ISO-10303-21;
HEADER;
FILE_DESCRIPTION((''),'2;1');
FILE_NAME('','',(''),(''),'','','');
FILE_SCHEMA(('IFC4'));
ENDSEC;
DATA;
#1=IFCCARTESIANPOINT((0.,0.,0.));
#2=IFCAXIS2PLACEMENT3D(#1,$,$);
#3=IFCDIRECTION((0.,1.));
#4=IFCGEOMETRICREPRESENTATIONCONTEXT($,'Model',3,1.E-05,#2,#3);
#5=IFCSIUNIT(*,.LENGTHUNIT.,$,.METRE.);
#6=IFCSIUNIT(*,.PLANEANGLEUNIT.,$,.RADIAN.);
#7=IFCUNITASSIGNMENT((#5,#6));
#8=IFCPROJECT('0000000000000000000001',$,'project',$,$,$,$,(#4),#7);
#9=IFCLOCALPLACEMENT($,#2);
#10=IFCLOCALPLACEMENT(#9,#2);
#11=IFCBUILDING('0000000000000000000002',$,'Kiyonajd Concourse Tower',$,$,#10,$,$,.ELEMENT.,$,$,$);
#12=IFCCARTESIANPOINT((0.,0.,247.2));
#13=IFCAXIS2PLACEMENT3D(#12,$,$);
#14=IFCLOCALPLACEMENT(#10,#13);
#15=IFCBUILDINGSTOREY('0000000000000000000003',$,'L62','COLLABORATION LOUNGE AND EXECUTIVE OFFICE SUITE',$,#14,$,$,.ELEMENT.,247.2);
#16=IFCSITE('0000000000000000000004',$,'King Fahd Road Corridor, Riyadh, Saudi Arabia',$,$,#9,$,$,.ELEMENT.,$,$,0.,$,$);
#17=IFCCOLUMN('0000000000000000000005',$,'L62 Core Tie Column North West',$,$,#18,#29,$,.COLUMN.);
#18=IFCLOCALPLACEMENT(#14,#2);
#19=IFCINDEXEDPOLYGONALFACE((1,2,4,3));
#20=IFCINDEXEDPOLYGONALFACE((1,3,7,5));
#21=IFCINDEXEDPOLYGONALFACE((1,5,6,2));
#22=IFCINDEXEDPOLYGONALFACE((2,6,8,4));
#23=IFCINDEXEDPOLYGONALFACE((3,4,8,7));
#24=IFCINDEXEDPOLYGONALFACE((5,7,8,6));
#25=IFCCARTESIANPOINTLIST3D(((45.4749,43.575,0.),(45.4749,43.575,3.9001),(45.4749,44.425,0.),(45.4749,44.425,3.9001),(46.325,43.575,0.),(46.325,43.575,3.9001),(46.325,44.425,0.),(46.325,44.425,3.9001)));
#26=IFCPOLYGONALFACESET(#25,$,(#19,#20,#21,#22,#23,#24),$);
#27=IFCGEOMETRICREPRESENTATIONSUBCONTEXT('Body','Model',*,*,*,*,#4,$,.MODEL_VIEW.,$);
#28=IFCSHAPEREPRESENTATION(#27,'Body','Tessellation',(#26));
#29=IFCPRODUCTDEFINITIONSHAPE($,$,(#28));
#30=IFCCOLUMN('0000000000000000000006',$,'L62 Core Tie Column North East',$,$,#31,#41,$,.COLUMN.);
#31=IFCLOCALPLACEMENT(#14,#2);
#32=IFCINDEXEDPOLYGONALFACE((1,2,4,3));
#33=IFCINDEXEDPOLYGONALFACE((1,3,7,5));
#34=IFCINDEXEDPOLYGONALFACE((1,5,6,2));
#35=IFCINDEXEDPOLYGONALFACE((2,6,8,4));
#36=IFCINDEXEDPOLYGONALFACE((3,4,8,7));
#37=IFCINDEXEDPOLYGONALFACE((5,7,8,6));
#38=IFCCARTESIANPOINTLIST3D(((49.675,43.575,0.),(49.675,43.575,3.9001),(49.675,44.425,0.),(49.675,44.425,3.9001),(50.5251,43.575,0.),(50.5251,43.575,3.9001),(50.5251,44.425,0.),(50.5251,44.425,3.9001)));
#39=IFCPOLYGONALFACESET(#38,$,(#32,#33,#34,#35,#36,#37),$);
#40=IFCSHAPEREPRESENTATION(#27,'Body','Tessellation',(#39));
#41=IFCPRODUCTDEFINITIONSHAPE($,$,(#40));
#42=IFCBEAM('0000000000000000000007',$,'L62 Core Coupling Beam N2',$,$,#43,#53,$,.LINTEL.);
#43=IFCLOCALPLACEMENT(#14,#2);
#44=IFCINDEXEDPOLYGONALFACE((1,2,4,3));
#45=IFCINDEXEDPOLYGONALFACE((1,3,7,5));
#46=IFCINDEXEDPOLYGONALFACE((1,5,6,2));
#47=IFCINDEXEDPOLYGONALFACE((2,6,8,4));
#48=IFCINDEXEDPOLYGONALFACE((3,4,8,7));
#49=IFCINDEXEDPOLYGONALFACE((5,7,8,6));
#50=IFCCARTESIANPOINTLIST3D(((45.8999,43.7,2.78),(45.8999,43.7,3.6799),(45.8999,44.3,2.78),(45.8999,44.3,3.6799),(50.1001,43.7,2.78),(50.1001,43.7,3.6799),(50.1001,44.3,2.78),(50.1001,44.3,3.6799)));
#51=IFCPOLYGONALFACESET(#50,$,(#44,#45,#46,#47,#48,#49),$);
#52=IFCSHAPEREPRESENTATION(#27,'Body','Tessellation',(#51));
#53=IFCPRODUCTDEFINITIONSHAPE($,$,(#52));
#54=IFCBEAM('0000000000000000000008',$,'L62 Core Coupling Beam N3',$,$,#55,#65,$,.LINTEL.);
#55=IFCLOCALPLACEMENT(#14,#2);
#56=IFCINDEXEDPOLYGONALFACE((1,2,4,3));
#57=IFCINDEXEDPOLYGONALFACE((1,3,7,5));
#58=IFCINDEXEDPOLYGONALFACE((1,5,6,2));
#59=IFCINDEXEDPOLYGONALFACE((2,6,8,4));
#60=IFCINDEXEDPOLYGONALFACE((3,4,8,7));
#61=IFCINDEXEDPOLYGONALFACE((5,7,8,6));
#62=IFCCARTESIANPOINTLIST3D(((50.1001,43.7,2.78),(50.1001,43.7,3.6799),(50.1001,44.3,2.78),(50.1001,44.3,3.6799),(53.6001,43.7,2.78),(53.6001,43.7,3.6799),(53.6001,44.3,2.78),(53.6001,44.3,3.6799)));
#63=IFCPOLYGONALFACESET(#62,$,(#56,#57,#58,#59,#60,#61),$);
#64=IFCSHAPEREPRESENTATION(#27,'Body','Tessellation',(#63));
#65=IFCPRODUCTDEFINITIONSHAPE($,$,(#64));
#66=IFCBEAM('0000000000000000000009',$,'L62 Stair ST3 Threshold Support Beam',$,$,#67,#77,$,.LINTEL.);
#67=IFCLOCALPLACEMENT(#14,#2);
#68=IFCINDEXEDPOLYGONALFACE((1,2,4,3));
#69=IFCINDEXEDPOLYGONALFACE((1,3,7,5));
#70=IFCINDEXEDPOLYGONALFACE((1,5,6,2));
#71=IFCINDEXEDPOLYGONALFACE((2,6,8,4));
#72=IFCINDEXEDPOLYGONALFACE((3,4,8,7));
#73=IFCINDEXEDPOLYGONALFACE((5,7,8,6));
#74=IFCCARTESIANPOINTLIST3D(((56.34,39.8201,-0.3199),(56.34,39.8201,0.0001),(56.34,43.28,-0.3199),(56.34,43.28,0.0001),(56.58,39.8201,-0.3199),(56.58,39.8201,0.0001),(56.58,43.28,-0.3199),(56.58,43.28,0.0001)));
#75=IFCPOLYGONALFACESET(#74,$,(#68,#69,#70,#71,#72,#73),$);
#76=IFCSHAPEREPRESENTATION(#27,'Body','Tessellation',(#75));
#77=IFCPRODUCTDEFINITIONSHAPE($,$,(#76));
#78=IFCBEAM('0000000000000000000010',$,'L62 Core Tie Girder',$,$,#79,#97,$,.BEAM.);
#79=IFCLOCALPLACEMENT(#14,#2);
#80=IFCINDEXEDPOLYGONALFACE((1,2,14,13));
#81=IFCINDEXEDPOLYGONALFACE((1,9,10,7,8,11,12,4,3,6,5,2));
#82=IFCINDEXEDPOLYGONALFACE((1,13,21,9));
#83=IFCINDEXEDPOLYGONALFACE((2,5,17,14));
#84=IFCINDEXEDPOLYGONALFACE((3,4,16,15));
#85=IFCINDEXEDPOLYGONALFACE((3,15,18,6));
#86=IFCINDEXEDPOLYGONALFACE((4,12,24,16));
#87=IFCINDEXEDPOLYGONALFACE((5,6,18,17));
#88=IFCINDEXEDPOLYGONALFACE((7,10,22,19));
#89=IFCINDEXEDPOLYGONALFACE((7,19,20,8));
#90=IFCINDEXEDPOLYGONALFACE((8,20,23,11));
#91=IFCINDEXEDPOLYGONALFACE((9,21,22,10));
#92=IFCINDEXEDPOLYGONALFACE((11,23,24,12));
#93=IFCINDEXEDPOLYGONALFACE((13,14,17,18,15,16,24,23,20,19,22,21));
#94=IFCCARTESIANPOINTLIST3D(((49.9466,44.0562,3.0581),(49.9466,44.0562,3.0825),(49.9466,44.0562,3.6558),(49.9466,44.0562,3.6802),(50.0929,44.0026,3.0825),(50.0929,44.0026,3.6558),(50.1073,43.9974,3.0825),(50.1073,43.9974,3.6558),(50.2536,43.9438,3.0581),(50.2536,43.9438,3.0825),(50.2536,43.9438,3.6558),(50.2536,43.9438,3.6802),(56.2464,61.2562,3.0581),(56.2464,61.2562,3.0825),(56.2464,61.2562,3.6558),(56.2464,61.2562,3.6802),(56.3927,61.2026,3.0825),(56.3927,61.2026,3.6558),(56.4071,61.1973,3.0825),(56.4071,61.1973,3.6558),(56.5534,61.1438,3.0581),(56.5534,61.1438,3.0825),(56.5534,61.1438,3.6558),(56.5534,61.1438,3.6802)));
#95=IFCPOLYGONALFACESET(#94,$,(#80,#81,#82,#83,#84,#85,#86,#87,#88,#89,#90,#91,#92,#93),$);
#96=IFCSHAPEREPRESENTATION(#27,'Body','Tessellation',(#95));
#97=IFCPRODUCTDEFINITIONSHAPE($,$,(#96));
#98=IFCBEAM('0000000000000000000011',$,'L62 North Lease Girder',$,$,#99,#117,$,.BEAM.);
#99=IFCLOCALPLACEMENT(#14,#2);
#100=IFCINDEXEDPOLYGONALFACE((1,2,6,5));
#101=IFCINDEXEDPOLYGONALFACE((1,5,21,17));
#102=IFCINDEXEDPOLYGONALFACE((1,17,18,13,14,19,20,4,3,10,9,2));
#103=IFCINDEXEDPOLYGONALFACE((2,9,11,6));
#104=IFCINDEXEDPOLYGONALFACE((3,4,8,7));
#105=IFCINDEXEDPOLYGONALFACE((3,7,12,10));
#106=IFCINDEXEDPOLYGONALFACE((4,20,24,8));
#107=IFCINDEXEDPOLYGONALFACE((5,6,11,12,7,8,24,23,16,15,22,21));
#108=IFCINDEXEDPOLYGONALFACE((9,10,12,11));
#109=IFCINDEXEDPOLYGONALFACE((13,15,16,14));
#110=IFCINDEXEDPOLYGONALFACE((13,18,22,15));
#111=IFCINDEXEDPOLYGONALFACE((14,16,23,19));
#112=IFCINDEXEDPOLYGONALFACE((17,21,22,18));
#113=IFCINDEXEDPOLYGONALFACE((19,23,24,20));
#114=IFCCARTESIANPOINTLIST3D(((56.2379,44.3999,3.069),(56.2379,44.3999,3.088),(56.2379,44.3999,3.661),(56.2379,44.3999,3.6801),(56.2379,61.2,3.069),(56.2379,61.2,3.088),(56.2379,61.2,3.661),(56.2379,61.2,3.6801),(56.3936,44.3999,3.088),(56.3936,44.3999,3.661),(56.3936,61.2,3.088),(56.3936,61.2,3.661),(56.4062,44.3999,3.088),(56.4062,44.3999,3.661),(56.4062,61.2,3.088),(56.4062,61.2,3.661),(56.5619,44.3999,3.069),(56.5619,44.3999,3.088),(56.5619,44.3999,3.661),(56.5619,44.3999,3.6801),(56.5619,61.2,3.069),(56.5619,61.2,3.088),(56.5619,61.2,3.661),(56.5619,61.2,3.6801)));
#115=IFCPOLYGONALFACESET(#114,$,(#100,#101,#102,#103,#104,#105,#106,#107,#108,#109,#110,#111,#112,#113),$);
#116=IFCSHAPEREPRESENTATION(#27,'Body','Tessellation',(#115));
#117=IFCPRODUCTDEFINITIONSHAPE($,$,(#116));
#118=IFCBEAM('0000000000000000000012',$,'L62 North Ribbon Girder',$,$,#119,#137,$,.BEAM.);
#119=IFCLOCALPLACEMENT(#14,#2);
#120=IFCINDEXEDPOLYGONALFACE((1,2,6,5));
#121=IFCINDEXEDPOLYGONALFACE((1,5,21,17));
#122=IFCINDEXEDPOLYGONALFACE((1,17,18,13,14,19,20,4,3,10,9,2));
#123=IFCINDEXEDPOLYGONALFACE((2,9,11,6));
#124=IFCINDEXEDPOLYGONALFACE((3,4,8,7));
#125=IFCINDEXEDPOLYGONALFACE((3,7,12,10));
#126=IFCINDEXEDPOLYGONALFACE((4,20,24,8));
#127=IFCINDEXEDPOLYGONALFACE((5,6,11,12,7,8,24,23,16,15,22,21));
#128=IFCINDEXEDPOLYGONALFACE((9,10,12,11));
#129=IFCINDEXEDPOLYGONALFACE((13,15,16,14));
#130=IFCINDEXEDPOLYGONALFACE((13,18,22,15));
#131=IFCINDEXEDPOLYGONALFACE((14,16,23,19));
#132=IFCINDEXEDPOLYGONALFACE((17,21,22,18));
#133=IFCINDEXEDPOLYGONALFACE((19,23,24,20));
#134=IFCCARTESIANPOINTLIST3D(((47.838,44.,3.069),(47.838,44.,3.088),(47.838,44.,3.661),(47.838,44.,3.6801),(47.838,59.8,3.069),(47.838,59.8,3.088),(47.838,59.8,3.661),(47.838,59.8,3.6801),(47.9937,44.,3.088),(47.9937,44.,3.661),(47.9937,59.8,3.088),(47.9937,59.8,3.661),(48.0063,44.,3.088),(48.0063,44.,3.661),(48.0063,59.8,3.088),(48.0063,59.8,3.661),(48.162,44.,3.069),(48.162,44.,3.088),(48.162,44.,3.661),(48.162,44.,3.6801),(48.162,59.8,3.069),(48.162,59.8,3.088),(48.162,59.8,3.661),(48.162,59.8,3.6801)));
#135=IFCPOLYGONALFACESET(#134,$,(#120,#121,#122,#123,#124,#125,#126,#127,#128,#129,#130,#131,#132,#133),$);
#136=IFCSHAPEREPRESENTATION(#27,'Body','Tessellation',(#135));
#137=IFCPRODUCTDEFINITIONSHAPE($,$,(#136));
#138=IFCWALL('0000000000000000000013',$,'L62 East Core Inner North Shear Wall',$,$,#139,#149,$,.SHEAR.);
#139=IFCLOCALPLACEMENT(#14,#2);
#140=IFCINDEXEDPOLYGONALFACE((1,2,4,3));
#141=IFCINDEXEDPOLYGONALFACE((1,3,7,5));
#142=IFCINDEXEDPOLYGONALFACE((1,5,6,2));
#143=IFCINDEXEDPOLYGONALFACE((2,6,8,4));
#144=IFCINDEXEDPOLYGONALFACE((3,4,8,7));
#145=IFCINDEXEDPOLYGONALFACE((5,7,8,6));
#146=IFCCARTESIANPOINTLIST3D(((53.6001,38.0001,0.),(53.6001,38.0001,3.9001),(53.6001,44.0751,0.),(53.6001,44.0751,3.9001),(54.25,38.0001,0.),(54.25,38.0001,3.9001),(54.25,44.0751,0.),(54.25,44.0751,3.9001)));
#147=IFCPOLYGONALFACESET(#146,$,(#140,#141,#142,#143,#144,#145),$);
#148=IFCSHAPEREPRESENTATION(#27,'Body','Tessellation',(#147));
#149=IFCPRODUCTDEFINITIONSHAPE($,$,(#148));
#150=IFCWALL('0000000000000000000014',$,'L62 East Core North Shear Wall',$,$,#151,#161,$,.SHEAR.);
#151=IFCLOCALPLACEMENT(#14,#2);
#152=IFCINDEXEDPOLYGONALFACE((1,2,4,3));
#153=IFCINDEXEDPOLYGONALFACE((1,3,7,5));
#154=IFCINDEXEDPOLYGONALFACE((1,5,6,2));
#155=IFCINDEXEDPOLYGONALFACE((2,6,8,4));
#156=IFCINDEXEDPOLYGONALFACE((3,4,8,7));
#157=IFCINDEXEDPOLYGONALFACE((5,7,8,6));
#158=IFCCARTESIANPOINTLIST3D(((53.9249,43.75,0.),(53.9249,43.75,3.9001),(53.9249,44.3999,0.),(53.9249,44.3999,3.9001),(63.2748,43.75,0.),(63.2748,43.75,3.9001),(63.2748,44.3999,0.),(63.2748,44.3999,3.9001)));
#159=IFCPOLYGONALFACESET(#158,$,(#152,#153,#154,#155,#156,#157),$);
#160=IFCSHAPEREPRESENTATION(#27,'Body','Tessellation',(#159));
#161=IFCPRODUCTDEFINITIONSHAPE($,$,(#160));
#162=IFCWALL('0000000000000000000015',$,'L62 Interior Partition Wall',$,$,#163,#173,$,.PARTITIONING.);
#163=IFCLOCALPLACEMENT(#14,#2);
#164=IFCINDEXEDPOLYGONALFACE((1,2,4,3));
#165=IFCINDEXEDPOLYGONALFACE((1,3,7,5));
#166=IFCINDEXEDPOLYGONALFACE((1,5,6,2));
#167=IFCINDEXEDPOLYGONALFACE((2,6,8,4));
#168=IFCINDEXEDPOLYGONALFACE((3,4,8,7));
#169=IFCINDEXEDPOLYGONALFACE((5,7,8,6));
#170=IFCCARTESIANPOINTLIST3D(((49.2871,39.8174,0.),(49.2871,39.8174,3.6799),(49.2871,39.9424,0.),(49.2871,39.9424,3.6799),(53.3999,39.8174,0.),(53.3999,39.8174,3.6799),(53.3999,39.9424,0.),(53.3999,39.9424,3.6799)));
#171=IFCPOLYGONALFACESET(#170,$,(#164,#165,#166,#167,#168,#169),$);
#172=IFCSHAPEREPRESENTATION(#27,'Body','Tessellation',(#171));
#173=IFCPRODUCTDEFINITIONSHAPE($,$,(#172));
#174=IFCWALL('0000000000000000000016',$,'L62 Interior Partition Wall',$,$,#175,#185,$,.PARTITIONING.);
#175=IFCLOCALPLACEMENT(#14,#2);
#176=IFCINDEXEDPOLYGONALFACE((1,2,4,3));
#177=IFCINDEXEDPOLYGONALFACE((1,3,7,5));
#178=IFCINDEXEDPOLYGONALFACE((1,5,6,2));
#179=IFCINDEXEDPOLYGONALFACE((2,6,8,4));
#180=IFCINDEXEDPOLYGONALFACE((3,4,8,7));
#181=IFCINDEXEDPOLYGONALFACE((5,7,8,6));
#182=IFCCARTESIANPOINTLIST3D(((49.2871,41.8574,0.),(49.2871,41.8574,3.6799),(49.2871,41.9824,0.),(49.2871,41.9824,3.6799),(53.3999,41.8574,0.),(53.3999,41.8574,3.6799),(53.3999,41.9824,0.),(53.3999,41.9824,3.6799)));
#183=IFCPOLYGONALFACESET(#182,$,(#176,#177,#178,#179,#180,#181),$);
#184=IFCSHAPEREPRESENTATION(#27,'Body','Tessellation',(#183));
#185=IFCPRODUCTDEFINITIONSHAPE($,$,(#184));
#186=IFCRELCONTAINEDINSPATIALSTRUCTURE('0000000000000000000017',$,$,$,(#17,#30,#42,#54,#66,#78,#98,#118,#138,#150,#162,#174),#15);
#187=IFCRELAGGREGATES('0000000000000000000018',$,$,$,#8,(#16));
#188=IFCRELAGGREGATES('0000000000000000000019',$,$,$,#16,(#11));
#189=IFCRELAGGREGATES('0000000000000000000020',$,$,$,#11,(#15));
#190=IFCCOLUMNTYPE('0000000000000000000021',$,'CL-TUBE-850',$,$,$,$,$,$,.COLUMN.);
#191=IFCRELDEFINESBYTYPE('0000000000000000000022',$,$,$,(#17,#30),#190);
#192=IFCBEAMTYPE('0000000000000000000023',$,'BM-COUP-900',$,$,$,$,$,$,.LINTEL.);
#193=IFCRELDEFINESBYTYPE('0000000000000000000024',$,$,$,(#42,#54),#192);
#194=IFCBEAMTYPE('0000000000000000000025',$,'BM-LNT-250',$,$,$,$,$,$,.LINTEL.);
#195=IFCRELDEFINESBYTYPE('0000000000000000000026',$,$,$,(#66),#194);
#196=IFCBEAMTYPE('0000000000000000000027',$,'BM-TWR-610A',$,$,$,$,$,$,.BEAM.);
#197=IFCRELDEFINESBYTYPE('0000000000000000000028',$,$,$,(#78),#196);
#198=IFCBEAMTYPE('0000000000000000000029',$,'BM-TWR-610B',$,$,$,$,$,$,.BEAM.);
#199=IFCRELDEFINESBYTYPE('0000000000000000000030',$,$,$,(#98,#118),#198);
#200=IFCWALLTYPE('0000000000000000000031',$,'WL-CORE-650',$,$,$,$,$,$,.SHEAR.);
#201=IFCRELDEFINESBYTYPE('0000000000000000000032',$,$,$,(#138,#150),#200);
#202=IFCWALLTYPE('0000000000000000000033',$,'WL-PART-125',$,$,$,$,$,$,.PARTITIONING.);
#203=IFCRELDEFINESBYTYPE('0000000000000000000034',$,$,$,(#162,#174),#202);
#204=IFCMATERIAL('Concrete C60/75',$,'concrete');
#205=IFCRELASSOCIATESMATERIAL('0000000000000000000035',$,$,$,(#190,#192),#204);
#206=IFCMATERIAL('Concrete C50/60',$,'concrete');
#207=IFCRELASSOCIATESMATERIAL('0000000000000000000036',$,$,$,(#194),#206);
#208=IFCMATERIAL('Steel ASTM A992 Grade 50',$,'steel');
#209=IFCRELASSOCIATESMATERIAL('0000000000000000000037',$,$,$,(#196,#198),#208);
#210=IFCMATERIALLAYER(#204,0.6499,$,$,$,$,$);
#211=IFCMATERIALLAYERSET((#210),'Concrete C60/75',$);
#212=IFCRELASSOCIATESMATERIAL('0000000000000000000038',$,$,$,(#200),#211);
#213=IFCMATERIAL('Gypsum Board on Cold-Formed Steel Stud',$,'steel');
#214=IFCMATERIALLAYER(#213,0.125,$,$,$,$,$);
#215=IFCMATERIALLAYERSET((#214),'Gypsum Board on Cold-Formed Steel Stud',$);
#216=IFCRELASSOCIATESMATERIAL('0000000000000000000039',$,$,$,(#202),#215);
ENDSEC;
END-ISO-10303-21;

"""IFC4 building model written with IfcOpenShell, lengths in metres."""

from ifc_helpers import new_model, si_unit, direction, frame, frame_2d, origin, origin_2d, place, context, subcontext, project, spatial, rectangle, i_section, extrude, material, layer, layer_set, material_profile, profile_set, type_object, element, save


model = new_model("IFC4")

# Units and contexts
model_context = context("Model", 3, precision=1e-05, world=origin(), true_north=direction((0.0, 1.0)))
body_context = subcontext(model_context, "Body", "Model", "MODEL_VIEW")
ifc_project = project(units=[si_unit("LENGTHUNIT", "METRE"), si_unit("PLANEANGLEUNIT", "RADIAN")], contexts=[model_context])

# Site, building, storey
site_placement = place(None, origin())
site = spatial("IfcSite", under=ifc_project, at=site_placement, Name="King Fahd Road Corridor, Riyadh, Saudi Arabia", CompositionType="ELEMENT", RefElevation=0.0)
building_placement = place(site_placement, origin())
building = spatial("IfcBuilding", under=site, at=building_placement, Name="Kiyonajd Concourse Tower", CompositionType="ELEMENT")
storey_placement = place(building_placement, frame((0.0, 0.0, 247.2)))
storey = spatial("IfcBuildingStorey", under=building, at=storey_placement, Name="L62", Description="COLLABORATION LOUNGE AND EXECUTIVE OFFICE SUITE", CompositionType="ELEMENT", Elevation=247.2)

# Columns
ifc_material_1 = material(Name="Concrete C60/75", Category="concrete")
ifc_material_profile_1 = material_profile(ifc_material_1, rectangle(XDim=0.8501, YDim=0.8501, at=origin_2d()), Name="RC-850x850")
ifc_profile_set_1 = profile_set([ifc_material_profile_1], Name="Concrete C60/75")
column_type = type_object("IfcColumnType", Name="CL-TUBE-850", PredefinedType="COLUMN", material=ifc_profile_set_1)
for number, where, z_axis, x_axis, name in (
    (1, (45.8999, 44.0, 0.0), (0.0, 0.0, 1.0), (1.0, 0.0, 0.0), "L62 Core Tie Column North West"),
    (2, (50.1001, 44.0, 0.0), (0.0, 0.0, 1.0), (1.0, 0.0, 0.0), "L62 Core Tie Column North East"),
):
    element("IfcColumn", number, at=place(storey_placement, frame(where, z_axis=z_axis, x_axis=x_axis)), inside=storey, type_object=column_type, Name=name, PredefinedType="COLUMN", context=body_context, shape_type="SweptSolid", body=[
        extrude(rectangle(XDim=0.8501, YDim=0.8501, at=origin_2d()), origin(), (0.0, 0.0, 1.0), 3.9001),
    ])

# Beams
ifc_material_profile_2 = material_profile(ifc_material_1, rectangle(XDim=0.6001, YDim=0.8999, at=origin_2d()), Name="RCBM-600x900")
ifc_profile_set_2 = profile_set([ifc_material_profile_2], Name="Concrete C60/75")
beam_type_1 = type_object("IfcBeamType", Name="BM-COUP-900", PredefinedType="LINTEL", material=ifc_profile_set_2)
beam_1_placement = place(storey_placement, frame((45.8999, 44.0, 3.23), z_axis=(1.0, 0.0, 0.0), x_axis=(0.0, 1.0, 0.0)))
element("IfcBeam", 3, at=beam_1_placement, inside=storey, type_object=beam_type_1, Name="L62 Core Coupling Beam N2", PredefinedType="LINTEL", context=body_context, shape_type="SweptSolid", body=[
    extrude(rectangle(XDim=0.6001, YDim=0.8999, at=origin_2d()), origin(), (0.0, 0.0, 1.0), 4.2002),
])
beam_2_placement = place(storey_placement, frame((50.1001, 44.0, 3.23), z_axis=(1.0, 0.0, 0.0), x_axis=(0.0, 1.0, 0.0)))
element("IfcBeam", 4, at=beam_2_placement, inside=storey, type_object=beam_type_1, Name="L62 Core Coupling Beam N3", PredefinedType="LINTEL", context=body_context, shape_type="SweptSolid", body=[
    extrude(rectangle(XDim=0.6001, YDim=0.8999, at=origin_2d()), origin(), (0.0, 0.0, 1.0), 3.5),
])
ifc_material_2 = material(Name="Concrete C50/60", Category="concrete")
ifc_material_profile_3 = material_profile(ifc_material_2, rectangle(XDim=0.24, YDim=0.3201, at=origin_2d()), Name="RCBM-240x320")
ifc_profile_set_3 = profile_set([ifc_material_profile_3], Name="Concrete C50/60")
beam_type_2 = type_object("IfcBeamType", Name="BM-LNT-250", PredefinedType="LINTEL", material=ifc_profile_set_3)
beam_3_placement = place(storey_placement, frame((56.46, 39.8201, -0.1599), z_axis=(0.0, 1.0, 0.0), x_axis=(-1.0, 0.0, 0.0)))
element("IfcBeam", 5, at=beam_3_placement, inside=storey, type_object=beam_type_2, Name="L62 Stair ST3 Threshold Support Beam", PredefinedType="LINTEL", context=body_context, shape_type="SweptSolid", body=[
    extrude(rectangle(XDim=0.24, YDim=0.3201, at=origin_2d()), origin(), (0.0, 0.0, 1.0), 3.46),
])
ifc_material_3 = material(Name="Steel ASTM A992 Grade 50", Category="steel")
ifc_material_profile_4 = material_profile(ifc_material_3, i_section(OverallWidth=0.3269, OverallDepth=0.6221, WebThickness=0.0154, FlangeThickness=0.0244, at=origin_2d()), Name="W610X195")
ifc_profile_set_4 = profile_set([ifc_material_profile_4], Name="Steel ASTM A992 Grade 50")
beam_type_3 = type_object("IfcBeamType", Name="BM-TWR-610A", PredefinedType="BEAM", material=ifc_profile_set_4)
beam_4_placement = place(storey_placement, frame((50.1001, 44.0, 3.3691), z_axis=(0.343925, 0.938997, 0.0), x_axis=(-0.938997, 0.343925, 0.0)))
element("IfcBeam", 6, at=beam_4_placement, inside=storey, type_object=beam_type_3, Name="L62 Core Tie Girder", PredefinedType="BEAM", context=body_context, shape_type="SweptSolid", body=[
    extrude(i_section(OverallWidth=0.3269, OverallDepth=0.6221, WebThickness=0.0154, FlangeThickness=0.0244, at=origin_2d()), origin(), (0.0, 0.0, 1.0), 18.3174),
])
ifc_material_profile_5 = material_profile(ifc_material_3, i_section(OverallWidth=0.324, OverallDepth=0.6111, WebThickness=0.0127, FlangeThickness=0.019, at=origin_2d()), Name="W610X155")
ifc_profile_set_5 = profile_set([ifc_material_profile_5], Name="Steel ASTM A992 Grade 50")
beam_type_4 = type_object("IfcBeamType", Name="BM-TWR-610B", PredefinedType="BEAM", material=ifc_profile_set_5)
beam_5_placement = place(storey_placement, frame((56.3999, 44.3999, 3.3745), z_axis=(0.0, 1.0, 0.0), x_axis=(-1.0, 0.0, 0.0)))
element("IfcBeam", 7, at=beam_5_placement, inside=storey, type_object=beam_type_4, Name="L62 North Lease Girder", PredefinedType="BEAM", context=body_context, shape_type="SweptSolid", body=[
    extrude(i_section(OverallWidth=0.324, OverallDepth=0.6111, WebThickness=0.0127, FlangeThickness=0.019, at=origin_2d()), origin(), (0.0, 0.0, 1.0), 16.8),
])
beam_6_placement = place(storey_placement, frame((48.0, 44.0, 3.3745), z_axis=(0.0, 1.0, 0.0), x_axis=(-1.0, 0.0, 0.0)))
element("IfcBeam", 8, at=beam_6_placement, inside=storey, type_object=beam_type_4, Name="L62 North Ribbon Girder", PredefinedType="BEAM", context=body_context, shape_type="SweptSolid", body=[
    extrude(i_section(OverallWidth=0.324, OverallDepth=0.6111, WebThickness=0.0127, FlangeThickness=0.019, at=origin_2d()), origin(), (0.0, 0.0, 1.0), 15.8),
])

# Walls
ifc_layer_1 = layer(ifc_material_1, 0.6499)
ifc_layer_set_1 = layer_set([ifc_layer_1], Name="Concrete C60/75")
wall_type_1 = type_object("IfcWallType", Name="WL-CORE-650", PredefinedType="SHEAR", material=ifc_layer_set_1)
wall_1_placement = place(storey_placement, frame((53.925, 38.0, 0.0), z_axis=(0.0, 0.0, 1.0), x_axis=(0.0, 1.0, 0.0)))
element("IfcWall", 9, at=wall_1_placement, inside=storey, type_object=wall_type_1, Name="L62 East Core Inner North Shear Wall", PredefinedType="SHEAR", context=body_context, shape_type="SweptSolid", body=[
    extrude(rectangle(XDim=6.075, YDim=0.6499, at=frame_2d((3.0376, 0.0))), origin(), (0.0, 0.0, 1.0), 3.9001),
])
wall_2_placement = place(storey_placement, frame((53.925, 44.075, 0.0), z_axis=(0.0, 0.0, 1.0), x_axis=(1.0, 0.0, 0.0)))
element("IfcWall", 10, at=wall_2_placement, inside=storey, type_object=wall_type_1, Name="L62 East Core North Shear Wall", PredefinedType="SHEAR", context=body_context, shape_type="SweptSolid", body=[
    extrude(rectangle(XDim=9.3499, YDim=0.6499, at=frame_2d((4.6748, 0.0))), origin(), (0.0, 0.0, 1.0), 3.9001),
])
ifc_material_4 = material(Name="Gypsum Board on Cold-Formed Steel Stud", Category="steel")
ifc_layer_2 = layer(ifc_material_4, 0.125)
ifc_layer_set_2 = layer_set([ifc_layer_2], Name="Gypsum Board on Cold-Formed Steel Stud")
wall_type_2 = type_object("IfcWallType", Name="WL-PART-125", PredefinedType="PARTITIONING", material=ifc_layer_set_2)
for number, where, z_axis, x_axis, name in (
    (11, (49.2871, 39.8799, 0.0), (0.0, 0.0, 1.0), (1.0, 0.0, 0.0), "L62 Interior Partition Wall"),
    (12, (49.2871, 41.9199, 0.0), (0.0, 0.0, 1.0), (1.0, 0.0, 0.0), "L62 Interior Partition Wall"),
):
    element("IfcWall", number, at=place(storey_placement, frame(where, z_axis=z_axis, x_axis=x_axis)), inside=storey, type_object=wall_type_2, Name=name, PredefinedType="PARTITIONING", context=body_context, shape_type="SweptSolid", body=[
        extrude(rectangle(XDim=4.1128, YDim=0.125, at=frame_2d((2.0564, 0.0))), origin(), (0.0, 0.0, 1.0), 3.6799),
    ])

save(model, "model.ifc")
